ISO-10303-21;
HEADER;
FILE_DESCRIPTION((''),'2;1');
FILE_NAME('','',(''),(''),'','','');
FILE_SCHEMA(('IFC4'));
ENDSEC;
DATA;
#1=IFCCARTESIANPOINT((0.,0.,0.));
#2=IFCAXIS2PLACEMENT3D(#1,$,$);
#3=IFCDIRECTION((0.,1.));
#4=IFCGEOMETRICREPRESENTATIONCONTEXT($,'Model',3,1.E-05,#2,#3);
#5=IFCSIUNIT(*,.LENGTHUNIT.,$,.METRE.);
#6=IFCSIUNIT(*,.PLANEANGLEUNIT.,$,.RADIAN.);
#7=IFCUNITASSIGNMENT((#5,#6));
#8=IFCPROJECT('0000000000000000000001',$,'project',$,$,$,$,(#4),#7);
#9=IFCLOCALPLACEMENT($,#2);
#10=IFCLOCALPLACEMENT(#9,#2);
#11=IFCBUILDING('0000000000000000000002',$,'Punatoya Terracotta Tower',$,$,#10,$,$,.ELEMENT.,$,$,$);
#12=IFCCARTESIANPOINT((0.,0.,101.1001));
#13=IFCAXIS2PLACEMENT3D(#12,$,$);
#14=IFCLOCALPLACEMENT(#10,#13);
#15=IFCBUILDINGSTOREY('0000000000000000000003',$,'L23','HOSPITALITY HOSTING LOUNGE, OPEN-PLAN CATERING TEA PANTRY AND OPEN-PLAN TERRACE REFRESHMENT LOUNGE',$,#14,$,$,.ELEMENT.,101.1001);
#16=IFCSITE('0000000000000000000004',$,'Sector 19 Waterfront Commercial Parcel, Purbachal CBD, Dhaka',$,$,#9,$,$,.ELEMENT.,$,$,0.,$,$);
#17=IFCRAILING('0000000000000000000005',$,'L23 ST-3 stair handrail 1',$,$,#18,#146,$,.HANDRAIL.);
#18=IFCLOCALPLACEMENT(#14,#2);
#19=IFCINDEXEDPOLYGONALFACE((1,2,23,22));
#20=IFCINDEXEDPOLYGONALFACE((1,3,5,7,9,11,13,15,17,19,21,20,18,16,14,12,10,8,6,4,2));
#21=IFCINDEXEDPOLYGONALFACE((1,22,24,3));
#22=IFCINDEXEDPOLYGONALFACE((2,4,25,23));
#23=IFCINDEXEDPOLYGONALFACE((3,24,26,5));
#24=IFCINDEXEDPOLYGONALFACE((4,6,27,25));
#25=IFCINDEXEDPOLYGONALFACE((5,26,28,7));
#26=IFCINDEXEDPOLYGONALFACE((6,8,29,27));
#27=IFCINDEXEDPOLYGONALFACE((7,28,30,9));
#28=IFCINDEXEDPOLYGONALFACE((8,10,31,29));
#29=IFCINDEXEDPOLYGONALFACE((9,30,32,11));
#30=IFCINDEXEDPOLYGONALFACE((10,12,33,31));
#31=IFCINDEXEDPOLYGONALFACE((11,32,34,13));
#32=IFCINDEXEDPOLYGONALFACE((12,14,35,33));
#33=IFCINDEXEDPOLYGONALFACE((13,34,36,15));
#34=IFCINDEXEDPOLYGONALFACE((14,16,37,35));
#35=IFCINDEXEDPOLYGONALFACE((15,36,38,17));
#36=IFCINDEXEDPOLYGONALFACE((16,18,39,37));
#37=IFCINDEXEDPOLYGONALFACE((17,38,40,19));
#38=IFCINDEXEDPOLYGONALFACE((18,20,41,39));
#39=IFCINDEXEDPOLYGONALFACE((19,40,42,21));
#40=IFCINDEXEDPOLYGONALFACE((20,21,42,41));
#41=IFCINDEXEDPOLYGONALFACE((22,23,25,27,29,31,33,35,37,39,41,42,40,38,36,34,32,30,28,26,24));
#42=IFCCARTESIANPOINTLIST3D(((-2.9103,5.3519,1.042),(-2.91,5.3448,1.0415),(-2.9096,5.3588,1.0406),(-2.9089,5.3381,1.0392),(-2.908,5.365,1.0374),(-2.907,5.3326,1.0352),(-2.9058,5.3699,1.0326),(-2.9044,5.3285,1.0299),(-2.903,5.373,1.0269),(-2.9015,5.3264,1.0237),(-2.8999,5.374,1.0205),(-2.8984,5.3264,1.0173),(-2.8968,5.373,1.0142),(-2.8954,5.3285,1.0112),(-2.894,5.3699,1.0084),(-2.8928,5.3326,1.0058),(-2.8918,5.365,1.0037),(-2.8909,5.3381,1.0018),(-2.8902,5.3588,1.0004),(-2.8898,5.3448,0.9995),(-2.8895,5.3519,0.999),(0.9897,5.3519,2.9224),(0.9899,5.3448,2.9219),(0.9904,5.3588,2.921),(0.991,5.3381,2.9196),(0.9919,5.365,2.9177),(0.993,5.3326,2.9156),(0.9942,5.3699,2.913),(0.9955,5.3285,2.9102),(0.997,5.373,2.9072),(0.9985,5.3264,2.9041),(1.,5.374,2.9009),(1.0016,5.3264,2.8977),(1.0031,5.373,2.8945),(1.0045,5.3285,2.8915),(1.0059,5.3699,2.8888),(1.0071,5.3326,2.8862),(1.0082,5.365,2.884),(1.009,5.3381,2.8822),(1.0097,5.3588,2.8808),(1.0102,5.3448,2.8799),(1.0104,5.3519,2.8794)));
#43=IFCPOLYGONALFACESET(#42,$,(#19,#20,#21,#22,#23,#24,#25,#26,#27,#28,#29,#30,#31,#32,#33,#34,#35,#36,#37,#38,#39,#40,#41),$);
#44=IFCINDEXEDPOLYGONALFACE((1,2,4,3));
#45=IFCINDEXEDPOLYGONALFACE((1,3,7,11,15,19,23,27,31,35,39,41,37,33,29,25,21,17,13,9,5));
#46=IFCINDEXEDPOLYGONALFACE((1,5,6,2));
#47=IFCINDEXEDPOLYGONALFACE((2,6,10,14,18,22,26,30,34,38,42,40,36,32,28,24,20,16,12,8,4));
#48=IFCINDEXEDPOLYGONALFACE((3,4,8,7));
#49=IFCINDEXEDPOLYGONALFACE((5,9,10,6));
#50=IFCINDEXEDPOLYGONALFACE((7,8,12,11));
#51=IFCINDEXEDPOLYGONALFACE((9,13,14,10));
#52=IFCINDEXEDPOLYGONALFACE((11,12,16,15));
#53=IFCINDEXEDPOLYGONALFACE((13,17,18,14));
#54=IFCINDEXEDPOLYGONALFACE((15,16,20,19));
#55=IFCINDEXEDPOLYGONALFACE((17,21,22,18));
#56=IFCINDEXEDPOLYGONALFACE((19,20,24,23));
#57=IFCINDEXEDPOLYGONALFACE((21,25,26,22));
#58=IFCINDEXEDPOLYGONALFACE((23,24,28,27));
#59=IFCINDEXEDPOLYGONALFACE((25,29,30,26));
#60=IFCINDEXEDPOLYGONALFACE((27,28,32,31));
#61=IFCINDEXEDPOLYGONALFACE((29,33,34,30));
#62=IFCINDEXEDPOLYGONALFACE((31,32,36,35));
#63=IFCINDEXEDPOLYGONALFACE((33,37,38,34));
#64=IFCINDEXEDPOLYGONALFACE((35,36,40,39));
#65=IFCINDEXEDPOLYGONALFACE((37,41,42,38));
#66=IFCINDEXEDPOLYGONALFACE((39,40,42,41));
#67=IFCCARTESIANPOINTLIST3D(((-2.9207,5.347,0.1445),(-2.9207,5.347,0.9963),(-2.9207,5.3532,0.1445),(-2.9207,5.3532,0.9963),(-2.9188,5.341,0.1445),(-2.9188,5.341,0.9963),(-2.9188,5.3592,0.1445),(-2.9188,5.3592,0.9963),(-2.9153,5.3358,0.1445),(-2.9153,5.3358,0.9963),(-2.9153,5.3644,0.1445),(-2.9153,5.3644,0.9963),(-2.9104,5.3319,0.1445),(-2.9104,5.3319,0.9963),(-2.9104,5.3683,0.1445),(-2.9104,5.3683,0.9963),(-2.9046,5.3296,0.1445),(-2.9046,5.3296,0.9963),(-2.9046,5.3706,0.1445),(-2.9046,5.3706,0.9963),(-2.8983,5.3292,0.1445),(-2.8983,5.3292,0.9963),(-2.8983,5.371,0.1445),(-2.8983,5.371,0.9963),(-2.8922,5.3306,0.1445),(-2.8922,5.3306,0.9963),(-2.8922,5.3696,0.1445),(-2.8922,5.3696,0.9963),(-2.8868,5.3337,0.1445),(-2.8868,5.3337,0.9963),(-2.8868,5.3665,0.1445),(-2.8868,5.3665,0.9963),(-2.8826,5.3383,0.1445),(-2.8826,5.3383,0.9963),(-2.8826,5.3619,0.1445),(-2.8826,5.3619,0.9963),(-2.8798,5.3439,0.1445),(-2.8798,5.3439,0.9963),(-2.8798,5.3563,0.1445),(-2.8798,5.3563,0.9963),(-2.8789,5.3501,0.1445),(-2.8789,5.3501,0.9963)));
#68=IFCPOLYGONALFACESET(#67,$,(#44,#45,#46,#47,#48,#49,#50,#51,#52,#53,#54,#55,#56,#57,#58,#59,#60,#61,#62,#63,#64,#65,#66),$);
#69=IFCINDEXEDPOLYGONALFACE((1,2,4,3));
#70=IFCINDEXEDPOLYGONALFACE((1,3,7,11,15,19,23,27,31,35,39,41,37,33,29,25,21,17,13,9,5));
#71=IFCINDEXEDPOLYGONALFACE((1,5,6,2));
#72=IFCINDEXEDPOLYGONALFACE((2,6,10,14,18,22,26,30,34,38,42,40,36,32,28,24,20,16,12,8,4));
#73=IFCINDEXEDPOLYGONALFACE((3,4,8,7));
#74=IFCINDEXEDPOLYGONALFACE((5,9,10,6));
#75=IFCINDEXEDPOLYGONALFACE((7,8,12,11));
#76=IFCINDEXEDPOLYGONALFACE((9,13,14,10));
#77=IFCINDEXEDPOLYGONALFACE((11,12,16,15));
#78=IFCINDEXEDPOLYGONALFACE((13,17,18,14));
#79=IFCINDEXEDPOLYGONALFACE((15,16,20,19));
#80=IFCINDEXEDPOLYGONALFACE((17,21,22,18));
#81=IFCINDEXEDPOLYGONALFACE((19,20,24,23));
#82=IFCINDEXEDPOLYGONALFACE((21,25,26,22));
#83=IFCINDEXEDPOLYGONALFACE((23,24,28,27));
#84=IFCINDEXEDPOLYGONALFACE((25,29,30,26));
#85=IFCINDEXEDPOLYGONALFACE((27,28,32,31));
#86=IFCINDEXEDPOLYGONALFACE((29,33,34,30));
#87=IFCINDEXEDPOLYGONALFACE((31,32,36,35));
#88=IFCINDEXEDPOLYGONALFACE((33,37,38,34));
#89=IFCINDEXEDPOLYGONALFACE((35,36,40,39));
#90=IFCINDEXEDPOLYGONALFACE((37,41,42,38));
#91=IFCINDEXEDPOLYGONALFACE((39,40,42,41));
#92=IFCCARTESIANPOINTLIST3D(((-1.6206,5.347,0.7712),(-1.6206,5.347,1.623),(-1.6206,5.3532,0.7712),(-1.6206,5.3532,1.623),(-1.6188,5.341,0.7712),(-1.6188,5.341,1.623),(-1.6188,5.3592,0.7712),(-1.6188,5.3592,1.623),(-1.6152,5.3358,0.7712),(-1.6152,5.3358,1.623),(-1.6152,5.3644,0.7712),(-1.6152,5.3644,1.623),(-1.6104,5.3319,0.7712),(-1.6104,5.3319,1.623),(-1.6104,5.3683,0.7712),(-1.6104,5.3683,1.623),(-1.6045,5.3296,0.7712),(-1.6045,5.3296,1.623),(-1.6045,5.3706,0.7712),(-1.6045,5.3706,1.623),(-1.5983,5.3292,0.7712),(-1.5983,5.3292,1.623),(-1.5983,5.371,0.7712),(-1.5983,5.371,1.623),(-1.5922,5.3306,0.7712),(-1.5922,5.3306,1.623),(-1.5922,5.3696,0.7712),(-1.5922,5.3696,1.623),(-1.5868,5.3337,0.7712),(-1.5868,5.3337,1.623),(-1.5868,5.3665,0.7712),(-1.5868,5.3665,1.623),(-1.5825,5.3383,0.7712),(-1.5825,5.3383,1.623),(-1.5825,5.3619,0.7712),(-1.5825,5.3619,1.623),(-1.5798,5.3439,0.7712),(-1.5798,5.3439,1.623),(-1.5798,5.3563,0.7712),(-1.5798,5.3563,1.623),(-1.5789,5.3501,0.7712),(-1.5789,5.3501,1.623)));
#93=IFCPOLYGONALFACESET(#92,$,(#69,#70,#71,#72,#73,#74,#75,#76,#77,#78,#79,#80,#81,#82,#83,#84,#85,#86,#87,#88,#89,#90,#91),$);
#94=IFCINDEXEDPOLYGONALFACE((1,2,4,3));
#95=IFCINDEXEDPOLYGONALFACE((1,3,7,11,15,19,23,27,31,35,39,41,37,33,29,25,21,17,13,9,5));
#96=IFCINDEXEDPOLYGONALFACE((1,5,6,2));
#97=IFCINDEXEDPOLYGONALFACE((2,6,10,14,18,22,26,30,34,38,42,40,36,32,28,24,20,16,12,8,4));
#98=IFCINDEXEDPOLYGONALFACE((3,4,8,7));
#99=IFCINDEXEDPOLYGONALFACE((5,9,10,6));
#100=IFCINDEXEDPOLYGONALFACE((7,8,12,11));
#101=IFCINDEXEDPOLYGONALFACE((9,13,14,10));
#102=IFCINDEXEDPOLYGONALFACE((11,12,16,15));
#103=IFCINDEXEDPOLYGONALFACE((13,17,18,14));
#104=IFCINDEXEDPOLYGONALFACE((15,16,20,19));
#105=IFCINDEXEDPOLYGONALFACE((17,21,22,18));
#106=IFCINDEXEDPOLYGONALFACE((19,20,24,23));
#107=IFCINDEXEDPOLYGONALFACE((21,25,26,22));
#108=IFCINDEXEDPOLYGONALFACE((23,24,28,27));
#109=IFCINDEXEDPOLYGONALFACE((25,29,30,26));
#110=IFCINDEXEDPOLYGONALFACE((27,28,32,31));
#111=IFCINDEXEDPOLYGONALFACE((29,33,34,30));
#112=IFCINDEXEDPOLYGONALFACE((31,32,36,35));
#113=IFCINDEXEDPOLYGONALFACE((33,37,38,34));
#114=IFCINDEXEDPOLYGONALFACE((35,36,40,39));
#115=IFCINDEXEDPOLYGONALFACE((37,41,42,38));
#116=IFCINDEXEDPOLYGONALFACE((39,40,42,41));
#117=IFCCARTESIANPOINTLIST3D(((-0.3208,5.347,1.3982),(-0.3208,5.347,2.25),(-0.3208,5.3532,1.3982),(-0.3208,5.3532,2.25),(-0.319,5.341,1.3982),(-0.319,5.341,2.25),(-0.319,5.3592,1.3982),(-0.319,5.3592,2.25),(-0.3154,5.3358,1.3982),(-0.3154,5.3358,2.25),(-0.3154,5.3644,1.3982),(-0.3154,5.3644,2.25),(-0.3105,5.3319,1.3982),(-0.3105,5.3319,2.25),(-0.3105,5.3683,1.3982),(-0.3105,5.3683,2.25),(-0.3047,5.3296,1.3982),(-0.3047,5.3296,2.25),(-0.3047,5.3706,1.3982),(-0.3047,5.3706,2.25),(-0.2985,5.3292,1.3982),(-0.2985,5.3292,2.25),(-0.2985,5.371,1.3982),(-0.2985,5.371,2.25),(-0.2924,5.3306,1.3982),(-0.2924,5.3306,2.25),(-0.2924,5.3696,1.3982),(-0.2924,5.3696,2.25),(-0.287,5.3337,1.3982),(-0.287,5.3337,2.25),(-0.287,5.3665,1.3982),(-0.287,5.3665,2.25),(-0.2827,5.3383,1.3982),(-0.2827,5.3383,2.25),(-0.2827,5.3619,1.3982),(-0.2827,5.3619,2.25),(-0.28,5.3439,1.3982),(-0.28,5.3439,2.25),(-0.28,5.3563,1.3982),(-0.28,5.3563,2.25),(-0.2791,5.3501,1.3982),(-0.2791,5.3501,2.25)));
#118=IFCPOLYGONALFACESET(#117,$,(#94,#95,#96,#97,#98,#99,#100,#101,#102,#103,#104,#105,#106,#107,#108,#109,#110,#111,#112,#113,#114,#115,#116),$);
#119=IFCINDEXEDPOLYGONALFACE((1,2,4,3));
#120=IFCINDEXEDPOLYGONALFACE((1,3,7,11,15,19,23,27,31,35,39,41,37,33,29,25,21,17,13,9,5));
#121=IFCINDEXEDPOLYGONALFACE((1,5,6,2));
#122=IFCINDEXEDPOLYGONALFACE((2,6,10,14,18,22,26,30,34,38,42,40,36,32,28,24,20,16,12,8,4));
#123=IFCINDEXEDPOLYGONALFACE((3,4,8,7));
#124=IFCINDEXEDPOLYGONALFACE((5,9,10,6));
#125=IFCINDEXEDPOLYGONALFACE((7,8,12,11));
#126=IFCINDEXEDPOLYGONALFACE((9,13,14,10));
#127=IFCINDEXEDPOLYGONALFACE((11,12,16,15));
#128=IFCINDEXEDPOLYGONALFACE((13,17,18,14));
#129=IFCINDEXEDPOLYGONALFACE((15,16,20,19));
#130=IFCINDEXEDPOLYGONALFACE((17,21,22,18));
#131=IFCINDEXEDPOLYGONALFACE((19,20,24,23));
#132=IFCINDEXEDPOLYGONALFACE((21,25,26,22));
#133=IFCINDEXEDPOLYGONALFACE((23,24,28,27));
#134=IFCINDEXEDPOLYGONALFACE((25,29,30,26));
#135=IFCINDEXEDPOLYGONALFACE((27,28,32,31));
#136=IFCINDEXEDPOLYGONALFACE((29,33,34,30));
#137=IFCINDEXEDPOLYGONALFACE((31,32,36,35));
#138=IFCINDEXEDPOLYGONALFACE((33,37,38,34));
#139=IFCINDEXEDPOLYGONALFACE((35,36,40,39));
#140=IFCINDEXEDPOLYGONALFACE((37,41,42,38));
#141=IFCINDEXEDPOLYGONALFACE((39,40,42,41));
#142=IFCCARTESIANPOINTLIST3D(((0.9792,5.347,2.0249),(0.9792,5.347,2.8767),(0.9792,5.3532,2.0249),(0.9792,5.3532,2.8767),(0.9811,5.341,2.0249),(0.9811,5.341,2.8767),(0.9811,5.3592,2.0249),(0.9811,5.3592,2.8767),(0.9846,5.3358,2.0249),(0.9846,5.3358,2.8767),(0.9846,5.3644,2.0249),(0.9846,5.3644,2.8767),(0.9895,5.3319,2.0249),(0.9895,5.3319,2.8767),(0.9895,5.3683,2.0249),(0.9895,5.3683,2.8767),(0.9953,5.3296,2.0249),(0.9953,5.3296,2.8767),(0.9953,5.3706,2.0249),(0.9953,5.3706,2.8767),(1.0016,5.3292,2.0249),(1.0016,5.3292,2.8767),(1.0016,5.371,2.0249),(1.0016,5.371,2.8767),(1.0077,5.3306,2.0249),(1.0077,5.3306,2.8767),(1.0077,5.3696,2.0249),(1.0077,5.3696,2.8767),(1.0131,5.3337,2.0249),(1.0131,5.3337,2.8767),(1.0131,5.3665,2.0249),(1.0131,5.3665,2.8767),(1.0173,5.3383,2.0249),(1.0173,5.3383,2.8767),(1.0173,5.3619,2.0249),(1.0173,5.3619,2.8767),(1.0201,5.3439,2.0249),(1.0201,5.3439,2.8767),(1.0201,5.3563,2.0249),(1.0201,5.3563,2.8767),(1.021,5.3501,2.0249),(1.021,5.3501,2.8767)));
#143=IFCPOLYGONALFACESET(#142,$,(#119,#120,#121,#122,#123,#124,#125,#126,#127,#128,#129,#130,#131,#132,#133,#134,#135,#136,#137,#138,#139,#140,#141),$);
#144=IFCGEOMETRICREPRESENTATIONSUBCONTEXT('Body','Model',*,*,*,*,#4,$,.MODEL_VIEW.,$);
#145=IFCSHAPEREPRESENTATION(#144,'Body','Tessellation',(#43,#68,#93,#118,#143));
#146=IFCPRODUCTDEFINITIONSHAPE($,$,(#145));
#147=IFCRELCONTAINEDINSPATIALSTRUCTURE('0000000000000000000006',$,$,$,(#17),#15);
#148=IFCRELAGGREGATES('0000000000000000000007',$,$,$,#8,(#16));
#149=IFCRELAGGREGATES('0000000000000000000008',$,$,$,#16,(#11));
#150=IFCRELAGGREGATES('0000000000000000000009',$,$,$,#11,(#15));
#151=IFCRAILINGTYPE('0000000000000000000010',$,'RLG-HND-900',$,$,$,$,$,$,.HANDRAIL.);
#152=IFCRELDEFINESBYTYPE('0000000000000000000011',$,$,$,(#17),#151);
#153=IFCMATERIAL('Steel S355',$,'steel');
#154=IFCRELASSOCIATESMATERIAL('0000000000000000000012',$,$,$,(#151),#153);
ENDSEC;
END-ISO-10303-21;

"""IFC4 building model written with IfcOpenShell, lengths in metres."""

from ifc_helpers import new_model, si_unit, direction, frame, origin, origin_2d, place, context, subcontext, project, spatial, circle, extrude, material, type_object, element, save


model = new_model("IFC4")

# Units and contexts
model_context = context("Model", 3, precision=1e-05, world=origin(), true_north=direction((0.0, 1.0)))
body_context = subcontext(model_context, "Body", "Model", "MODEL_VIEW")
ifc_project = project(units=[si_unit("LENGTHUNIT", "METRE"), si_unit("PLANEANGLEUNIT", "RADIAN")], contexts=[model_context])

# Site, building, storey
site_placement = place(None, origin())
site = spatial("IfcSite", under=ifc_project, at=site_placement, Name="Sector 19 Waterfront Commercial Parcel, Purbachal CBD, Dhaka", CompositionType="ELEMENT", RefElevation=0.0)
building_placement = place(site_placement, origin())
building = spatial("IfcBuilding", under=site, at=building_placement, Name="Punatoya Terracotta Tower", CompositionType="ELEMENT")
storey_placement = place(building_placement, frame((0.0, 0.0, 101.1001)))
storey = spatial("IfcBuildingStorey", under=building, at=storey_placement, Name="L23", Description="HOSPITALITY HOSTING LOUNGE, OPEN-PLAN CATERING TEA PANTRY AND OPEN-PLAN TERRACE REFRESHMENT LOUNGE", CompositionType="ELEMENT", Elevation=101.1001)

# Shared definitions
ifc_material_1 = material(Name="Steel S355", Category="steel")

# Railing
railing_type_1 = type_object("IfcRailingType", Name="RLG-HND-900", PredefinedType="HANDRAIL", material=ifc_material_1)
railing_1_placement = place(storey_placement, frame((-2.8999, 5.3501, 0.1445)))
element("IfcRailing", 1, at=railing_1_placement, inside=storey, type_object=railing_type_1, Name="L23 ST-3 stair handrail 1", PredefinedType="HANDRAIL", context=body_context, shape_type="SweptSolid", body=[
    extrude(circle(Radius=0.0239, at=origin_2d()), frame((0.0, 0.0, 0.876), z_axis=(0.900763, 0.0, 0.434311), x_axis=(0.0, 1.0, 0.0)), (0.0, 0.0, 1.0), 4.3296),
    extrude(circle(Radius=0.021, at=origin_2d()), origin(), (0.0, 0.0, 1.0), 0.8518),
    extrude(circle(Radius=0.021, at=origin_2d()), frame((1.3, 0.0, 0.6267)), (0.0, 0.0, 1.0), 0.8518),
    extrude(circle(Radius=0.021, at=origin_2d()), frame((2.5999, 0.0, 1.2537)), (0.0, 0.0, 1.0), 0.8518),
    extrude(circle(Radius=0.021, at=origin_2d()), frame((3.8999, 0.0, 1.8804)), (0.0, 0.0, 1.0), 0.8518),
])

save(model, "model.ifc")
